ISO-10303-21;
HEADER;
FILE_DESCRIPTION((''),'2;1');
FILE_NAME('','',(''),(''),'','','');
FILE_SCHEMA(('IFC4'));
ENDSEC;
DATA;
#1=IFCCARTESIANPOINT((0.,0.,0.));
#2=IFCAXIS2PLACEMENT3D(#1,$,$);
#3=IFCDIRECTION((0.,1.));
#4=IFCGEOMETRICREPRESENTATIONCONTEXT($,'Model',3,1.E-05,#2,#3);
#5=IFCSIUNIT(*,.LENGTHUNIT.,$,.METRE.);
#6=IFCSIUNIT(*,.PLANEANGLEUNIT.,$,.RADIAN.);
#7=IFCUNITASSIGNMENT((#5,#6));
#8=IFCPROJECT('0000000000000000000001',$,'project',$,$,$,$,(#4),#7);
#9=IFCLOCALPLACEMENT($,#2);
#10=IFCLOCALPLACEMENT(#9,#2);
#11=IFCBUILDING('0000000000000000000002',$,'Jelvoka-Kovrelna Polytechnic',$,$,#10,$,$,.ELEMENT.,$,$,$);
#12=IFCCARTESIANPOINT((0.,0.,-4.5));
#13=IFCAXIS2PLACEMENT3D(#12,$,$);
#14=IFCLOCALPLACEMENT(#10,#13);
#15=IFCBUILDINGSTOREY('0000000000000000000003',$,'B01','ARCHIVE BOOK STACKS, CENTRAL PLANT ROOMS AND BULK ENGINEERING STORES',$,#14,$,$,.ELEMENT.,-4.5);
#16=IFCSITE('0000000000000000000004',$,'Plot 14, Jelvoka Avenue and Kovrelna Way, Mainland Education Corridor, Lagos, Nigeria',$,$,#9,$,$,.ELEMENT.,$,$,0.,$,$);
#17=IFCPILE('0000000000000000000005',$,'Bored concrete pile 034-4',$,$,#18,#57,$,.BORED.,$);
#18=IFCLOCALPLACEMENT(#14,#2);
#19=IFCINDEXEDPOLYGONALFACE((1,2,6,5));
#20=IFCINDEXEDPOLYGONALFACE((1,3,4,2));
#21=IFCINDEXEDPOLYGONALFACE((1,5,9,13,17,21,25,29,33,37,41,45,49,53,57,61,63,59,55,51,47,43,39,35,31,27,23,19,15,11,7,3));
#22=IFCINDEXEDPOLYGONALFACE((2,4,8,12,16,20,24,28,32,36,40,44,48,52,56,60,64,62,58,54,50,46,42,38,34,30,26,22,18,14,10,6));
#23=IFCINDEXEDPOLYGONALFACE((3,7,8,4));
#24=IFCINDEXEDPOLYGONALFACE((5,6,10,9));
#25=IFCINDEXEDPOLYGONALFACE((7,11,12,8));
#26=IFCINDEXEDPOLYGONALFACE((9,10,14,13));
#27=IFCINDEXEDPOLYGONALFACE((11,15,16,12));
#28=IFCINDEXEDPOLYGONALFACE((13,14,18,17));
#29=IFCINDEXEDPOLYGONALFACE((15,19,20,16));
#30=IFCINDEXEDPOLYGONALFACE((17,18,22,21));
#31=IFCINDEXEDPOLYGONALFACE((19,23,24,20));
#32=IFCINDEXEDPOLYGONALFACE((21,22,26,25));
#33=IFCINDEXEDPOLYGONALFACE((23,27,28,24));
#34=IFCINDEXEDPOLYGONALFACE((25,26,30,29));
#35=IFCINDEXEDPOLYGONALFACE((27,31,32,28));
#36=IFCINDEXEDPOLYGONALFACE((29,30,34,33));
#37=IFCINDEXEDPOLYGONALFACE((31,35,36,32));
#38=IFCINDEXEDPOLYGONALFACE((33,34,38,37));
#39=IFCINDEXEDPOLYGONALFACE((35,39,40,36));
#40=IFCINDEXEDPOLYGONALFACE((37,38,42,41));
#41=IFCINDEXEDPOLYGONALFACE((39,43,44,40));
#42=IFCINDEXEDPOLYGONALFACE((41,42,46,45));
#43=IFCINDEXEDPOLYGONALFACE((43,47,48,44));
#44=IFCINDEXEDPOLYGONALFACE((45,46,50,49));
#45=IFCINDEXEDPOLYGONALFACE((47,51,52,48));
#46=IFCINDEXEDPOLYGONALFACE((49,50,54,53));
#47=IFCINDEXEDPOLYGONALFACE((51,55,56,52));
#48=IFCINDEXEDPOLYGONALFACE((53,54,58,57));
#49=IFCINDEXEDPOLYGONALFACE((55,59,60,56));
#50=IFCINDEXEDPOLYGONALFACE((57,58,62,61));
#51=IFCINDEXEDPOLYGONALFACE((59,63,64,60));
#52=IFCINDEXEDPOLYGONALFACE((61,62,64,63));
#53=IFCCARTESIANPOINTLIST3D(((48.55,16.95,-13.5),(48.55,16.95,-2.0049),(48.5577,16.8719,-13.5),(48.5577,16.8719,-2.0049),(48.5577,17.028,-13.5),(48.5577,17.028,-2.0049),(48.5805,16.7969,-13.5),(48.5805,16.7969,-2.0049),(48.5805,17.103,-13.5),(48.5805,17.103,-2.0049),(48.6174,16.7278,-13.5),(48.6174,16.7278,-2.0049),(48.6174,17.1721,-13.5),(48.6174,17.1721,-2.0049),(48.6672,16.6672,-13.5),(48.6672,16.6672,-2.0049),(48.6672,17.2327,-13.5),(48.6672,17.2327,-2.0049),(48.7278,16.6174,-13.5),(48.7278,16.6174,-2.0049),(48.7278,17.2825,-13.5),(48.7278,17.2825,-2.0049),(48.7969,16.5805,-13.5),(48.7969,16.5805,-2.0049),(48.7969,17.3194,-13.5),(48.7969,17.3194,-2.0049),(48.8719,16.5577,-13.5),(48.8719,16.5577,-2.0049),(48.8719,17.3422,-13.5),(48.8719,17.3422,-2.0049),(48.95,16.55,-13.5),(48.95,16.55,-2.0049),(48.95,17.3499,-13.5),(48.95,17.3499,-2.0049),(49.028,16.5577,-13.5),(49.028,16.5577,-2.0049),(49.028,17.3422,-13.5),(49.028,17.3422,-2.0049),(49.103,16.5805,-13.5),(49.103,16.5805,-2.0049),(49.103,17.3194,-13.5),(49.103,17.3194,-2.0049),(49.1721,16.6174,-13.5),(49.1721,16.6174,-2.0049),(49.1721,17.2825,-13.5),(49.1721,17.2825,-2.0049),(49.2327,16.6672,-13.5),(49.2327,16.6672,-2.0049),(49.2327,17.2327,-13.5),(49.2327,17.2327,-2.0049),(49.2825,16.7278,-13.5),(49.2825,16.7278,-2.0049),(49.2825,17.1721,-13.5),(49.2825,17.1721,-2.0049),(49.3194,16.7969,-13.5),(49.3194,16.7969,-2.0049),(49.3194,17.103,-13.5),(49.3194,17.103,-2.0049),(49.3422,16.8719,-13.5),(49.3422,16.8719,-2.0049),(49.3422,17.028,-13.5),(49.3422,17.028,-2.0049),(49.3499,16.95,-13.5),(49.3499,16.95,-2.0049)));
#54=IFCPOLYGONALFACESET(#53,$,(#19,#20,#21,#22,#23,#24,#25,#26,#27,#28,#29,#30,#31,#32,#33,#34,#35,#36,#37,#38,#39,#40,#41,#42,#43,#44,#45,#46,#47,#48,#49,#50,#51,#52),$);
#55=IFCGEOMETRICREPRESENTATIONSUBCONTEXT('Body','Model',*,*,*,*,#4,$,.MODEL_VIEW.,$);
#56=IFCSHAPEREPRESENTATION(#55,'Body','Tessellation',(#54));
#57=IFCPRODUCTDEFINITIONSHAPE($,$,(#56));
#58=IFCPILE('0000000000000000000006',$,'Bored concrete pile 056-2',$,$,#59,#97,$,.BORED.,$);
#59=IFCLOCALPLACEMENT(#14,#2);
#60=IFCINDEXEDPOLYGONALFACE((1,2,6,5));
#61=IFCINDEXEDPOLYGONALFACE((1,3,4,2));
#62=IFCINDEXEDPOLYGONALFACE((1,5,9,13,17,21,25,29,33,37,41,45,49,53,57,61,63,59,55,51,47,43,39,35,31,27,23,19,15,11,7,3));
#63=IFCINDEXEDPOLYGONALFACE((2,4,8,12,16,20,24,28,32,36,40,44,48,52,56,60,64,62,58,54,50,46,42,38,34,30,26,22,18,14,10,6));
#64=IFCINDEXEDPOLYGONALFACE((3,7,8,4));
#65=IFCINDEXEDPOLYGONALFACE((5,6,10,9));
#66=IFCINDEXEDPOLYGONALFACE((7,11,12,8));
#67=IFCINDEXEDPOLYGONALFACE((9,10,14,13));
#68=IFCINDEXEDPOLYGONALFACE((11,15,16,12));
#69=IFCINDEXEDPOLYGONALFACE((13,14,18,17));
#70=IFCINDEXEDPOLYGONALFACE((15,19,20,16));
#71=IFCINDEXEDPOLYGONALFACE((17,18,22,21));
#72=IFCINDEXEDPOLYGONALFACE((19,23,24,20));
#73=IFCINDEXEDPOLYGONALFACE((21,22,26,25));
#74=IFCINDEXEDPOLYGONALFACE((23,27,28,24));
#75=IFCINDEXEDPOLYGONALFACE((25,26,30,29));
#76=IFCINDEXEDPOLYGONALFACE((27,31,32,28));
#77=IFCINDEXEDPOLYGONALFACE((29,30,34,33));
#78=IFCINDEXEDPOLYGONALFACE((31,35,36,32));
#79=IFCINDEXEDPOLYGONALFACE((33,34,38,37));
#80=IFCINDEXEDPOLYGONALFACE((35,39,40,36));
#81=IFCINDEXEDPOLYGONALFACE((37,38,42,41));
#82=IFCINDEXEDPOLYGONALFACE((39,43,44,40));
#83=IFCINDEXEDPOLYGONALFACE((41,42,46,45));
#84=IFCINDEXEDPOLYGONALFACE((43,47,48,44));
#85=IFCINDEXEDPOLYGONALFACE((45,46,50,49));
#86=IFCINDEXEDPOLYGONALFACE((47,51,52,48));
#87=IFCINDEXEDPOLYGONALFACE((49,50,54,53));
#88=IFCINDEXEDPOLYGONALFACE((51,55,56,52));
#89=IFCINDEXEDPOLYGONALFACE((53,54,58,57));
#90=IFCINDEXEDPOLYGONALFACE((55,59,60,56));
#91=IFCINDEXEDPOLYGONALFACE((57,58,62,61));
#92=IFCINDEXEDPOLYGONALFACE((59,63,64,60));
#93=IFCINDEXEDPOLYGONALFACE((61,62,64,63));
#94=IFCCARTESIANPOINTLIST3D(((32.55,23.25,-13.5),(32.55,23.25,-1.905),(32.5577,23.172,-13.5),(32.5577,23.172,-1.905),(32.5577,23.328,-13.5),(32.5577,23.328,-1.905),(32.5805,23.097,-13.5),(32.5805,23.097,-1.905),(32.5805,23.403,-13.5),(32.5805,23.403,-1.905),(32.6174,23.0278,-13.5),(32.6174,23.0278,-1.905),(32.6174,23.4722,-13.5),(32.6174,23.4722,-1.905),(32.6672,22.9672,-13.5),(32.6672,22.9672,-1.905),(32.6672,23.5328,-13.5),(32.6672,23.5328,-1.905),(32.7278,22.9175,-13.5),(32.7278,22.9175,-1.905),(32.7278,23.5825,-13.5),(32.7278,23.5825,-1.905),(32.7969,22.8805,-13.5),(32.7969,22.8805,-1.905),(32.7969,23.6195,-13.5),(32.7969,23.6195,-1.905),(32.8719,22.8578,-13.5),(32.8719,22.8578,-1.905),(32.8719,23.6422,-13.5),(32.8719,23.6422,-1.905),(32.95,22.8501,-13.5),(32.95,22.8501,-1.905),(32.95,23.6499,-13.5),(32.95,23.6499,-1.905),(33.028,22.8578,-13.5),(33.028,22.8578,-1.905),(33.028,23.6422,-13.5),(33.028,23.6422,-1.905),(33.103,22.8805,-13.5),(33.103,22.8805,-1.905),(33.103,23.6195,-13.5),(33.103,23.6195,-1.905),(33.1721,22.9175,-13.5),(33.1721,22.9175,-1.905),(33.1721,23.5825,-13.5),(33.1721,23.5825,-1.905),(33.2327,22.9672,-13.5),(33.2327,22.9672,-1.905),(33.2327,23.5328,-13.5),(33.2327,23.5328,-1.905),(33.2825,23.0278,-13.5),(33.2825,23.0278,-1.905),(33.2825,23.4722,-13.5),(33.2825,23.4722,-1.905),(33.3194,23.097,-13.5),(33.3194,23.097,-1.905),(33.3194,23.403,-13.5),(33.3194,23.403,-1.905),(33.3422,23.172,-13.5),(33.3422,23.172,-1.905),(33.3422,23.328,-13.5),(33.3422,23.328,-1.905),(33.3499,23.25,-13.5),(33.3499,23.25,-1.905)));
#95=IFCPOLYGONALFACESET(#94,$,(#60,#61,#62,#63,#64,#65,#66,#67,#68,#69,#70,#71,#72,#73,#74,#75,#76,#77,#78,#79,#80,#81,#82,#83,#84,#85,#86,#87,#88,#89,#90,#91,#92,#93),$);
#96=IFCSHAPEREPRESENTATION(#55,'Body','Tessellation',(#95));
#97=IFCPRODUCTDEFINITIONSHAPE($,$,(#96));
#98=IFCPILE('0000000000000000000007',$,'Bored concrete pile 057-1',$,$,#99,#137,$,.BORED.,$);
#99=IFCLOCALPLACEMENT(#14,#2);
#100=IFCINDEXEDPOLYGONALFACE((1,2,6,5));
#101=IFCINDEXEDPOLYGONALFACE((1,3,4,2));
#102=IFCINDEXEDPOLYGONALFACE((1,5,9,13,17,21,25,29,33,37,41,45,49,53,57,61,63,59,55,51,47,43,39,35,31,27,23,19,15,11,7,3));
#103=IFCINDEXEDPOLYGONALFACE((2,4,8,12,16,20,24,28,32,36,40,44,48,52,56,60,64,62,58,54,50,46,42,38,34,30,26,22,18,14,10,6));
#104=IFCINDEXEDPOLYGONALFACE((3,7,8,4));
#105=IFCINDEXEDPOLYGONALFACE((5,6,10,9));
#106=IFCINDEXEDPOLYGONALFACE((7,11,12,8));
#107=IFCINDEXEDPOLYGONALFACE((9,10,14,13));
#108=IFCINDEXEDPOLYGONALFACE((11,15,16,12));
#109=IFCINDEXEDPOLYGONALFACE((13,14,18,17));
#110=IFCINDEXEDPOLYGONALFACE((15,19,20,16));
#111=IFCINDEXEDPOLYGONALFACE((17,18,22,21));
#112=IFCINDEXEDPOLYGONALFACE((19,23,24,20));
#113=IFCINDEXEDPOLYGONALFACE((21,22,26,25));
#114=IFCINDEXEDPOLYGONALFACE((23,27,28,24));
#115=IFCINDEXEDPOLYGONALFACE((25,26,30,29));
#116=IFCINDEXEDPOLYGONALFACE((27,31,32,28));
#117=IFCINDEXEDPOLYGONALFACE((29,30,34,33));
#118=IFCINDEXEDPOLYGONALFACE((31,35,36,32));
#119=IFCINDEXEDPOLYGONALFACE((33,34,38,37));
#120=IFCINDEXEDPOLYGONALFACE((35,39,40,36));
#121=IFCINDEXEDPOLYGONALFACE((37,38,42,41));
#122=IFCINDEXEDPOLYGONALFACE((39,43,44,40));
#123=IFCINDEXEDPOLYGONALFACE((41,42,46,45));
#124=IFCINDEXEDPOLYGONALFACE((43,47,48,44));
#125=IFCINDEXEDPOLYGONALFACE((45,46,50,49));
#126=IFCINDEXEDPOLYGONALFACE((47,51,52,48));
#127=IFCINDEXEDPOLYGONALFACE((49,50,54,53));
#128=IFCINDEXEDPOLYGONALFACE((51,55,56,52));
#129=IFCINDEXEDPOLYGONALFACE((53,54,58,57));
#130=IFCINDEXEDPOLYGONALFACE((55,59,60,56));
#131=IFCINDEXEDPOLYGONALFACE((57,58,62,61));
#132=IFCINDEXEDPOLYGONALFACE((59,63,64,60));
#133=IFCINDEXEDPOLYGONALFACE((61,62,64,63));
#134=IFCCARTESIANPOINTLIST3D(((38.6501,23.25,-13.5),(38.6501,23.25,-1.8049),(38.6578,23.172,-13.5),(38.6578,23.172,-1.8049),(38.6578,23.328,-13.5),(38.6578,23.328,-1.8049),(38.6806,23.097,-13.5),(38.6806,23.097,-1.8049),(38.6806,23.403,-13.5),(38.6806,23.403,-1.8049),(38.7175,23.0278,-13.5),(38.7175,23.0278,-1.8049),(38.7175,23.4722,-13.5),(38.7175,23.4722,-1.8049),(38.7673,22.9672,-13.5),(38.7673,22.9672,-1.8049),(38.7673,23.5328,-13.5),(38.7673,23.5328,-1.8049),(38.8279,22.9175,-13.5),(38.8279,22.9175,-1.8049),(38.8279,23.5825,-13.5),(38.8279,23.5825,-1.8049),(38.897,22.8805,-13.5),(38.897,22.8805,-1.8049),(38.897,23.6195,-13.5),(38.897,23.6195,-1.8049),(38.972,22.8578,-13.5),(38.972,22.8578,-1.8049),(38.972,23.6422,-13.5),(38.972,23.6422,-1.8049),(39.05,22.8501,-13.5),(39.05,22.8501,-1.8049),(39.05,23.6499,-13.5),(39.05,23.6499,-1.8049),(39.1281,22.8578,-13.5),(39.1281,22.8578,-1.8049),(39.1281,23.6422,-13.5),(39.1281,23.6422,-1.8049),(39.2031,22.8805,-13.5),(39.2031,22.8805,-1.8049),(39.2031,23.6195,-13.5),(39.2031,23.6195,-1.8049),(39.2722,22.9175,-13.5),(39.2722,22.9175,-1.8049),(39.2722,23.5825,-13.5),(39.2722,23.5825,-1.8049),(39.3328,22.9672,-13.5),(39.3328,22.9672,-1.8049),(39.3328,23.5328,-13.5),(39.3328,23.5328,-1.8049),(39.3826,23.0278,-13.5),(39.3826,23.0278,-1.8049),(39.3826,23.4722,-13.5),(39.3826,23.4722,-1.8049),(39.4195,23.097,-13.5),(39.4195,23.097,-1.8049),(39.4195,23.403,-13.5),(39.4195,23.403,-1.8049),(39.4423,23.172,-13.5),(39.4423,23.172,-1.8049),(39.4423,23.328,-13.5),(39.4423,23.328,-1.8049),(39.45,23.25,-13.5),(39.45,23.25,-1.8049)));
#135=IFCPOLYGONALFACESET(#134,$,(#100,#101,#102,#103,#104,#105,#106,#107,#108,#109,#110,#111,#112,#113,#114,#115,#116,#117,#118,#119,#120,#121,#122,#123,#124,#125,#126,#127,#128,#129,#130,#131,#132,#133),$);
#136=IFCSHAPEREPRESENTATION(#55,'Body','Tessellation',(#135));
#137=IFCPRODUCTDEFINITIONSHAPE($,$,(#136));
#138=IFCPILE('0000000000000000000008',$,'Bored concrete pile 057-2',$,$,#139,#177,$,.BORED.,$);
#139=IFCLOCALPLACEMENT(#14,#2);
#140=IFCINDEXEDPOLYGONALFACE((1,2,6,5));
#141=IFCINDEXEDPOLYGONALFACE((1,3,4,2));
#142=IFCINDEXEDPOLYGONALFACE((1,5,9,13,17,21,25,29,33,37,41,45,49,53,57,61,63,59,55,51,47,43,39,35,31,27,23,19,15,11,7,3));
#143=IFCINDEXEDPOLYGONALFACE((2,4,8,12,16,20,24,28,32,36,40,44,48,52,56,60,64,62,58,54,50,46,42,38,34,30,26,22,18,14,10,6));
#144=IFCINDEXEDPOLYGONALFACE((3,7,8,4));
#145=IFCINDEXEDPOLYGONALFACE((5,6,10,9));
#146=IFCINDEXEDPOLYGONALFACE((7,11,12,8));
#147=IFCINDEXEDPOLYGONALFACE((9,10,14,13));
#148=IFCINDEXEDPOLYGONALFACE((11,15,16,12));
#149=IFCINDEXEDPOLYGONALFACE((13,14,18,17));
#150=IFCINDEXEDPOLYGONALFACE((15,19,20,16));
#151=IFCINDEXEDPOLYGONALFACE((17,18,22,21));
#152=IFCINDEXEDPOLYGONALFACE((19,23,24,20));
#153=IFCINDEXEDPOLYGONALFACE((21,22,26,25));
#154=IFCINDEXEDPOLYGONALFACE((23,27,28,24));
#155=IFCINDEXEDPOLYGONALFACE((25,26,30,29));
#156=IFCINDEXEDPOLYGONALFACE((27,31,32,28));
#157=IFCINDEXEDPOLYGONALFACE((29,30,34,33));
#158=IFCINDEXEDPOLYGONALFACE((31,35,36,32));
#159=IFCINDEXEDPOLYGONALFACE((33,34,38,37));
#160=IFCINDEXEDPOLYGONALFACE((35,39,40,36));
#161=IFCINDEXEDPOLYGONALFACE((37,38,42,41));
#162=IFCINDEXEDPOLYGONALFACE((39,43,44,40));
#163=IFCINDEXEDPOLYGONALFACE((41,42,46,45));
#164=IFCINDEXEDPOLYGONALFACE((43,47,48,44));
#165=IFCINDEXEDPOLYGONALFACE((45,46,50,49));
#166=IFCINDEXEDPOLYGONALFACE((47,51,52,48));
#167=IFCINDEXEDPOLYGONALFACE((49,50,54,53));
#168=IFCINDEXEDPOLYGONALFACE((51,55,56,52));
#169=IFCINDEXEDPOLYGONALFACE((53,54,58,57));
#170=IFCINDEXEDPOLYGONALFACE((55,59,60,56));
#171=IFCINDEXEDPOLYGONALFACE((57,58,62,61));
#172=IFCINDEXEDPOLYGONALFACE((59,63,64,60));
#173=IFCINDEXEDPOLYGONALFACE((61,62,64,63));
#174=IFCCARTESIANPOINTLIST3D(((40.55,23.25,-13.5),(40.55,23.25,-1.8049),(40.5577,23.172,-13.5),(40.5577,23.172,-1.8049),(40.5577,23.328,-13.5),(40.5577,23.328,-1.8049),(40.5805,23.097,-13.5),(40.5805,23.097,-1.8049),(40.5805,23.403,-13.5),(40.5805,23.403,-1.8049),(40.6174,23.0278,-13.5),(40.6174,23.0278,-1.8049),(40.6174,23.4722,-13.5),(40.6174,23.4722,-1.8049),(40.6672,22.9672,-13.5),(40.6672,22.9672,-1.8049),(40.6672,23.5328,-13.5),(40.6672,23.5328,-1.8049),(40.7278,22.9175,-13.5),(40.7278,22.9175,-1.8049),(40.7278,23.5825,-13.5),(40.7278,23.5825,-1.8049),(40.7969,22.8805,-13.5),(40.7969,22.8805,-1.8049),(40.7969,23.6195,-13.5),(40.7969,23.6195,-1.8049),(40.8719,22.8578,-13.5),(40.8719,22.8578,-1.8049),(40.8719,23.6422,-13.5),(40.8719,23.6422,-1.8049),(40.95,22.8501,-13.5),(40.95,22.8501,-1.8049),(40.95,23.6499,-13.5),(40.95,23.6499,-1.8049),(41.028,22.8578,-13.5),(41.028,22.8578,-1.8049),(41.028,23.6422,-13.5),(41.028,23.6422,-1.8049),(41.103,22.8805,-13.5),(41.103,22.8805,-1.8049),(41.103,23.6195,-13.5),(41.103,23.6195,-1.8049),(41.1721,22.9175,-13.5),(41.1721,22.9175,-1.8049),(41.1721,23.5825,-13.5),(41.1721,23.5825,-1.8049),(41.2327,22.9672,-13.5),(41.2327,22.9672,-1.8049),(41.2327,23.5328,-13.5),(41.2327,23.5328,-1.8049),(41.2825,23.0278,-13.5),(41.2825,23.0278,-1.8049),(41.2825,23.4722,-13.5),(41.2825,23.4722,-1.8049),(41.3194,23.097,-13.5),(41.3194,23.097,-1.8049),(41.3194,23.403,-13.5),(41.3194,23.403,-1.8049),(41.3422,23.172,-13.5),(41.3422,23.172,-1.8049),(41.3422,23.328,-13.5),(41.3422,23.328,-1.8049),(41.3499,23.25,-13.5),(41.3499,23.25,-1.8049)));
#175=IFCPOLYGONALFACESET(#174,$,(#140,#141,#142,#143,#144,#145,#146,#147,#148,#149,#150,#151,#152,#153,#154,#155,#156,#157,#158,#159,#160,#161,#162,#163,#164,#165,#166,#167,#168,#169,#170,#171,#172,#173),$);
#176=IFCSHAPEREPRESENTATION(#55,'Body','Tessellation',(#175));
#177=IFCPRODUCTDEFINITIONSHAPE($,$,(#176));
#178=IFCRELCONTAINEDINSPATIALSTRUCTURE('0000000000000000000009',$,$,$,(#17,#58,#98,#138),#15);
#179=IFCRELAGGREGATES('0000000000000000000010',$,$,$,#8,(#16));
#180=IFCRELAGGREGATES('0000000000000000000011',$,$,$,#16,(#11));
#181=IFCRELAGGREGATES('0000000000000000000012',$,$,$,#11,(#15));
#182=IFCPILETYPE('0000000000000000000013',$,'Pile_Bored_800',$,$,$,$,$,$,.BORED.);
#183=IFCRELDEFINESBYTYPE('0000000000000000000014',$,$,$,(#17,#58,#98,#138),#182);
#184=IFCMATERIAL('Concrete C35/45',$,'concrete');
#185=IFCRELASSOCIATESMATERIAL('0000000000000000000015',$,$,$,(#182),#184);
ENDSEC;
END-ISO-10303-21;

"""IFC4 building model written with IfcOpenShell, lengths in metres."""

from ifc_helpers import new_model, si_unit, direction, frame, origin, origin_2d, place, context, subcontext, project, spatial, circle, extrude, material, material_profile, profile_set, type_object, element, save


model = new_model("IFC4")

# Units and contexts
model_context = context("Model", 3, precision=1e-05, world=origin(), true_north=direction((0.0, 1.0)))
body_context = subcontext(model_context, "Body", "Model", "MODEL_VIEW")
ifc_project = project(units=[si_unit("LENGTHUNIT", "METRE"), si_unit("PLANEANGLEUNIT", "RADIAN")], contexts=[model_context])

# Site, building, storey
site_placement = place(None, origin())
site = spatial("IfcSite", under=ifc_project, at=site_placement, Name="Plot 14, Jelvoka Avenue and Kovrelna Way, Mainland Education Corridor, Lagos, Nigeria", CompositionType="ELEMENT", RefElevation=0.0)
building_placement = place(site_placement, origin())
building = spatial("IfcBuilding", under=site, at=building_placement, Name="Jelvoka-Kovrelna Polytechnic", CompositionType="ELEMENT")
storey_placement = place(building_placement, frame((0.0, 0.0, -4.5)))
storey = spatial("IfcBuildingStorey", under=building, at=storey_placement, Name="B01", Description="ARCHIVE BOOK STACKS, CENTRAL PLANT ROOMS AND BULK ENGINEERING STORES", CompositionType="ELEMENT", Elevation=-4.5)

# Piles
ifc_material_1 = material(Name="Concrete C35/45", Category="concrete")
ifc_material_profile_1 = material_profile(ifc_material_1, circle(Radius=0.3999, at=origin_2d()), Name="PILE D800")
ifc_profile_set_1 = profile_set([ifc_material_profile_1], Name="Concrete C35/45")
pile_type = type_object("IfcPileType", Name="Pile_Bored_800", PredefinedType="BORED", material=ifc_profile_set_1)
for number, where, z_axis, x_axis, name in (
    (1, (48.95, 16.95, -2.0049), (0.0, 0.0, -1.0), (1.0, 0.0, 0.0), "Bored concrete pile 034-4"),
):
    element("IfcPile", number, at=place(storey_placement, frame(where, z_axis=z_axis, x_axis=x_axis)), inside=storey, type_object=pile_type, Name=name, PredefinedType="BORED", context=body_context, shape_type="SweptSolid", body=[
        extrude(circle(Radius=0.3999, at=origin_2d()), origin(), (0.0, 0.0, 1.0), 11.4951),
    ])
pile_1_placement = place(storey_placement, frame((32.95, 23.25, -1.905), z_axis=(0.0, 0.0, -1.0), x_axis=(1.0, 0.0, 0.0)))
element("IfcPile", 2, at=pile_1_placement, inside=storey, type_object=pile_type, Name="Bored concrete pile 056-2", PredefinedType="BORED", context=body_context, shape_type="SweptSolid", body=[
    extrude(circle(Radius=0.3999, at=origin_2d()), origin(), (0.0, 0.0, 1.0), 11.595),
])
for number, where, z_axis, x_axis, name in (
    (3, (39.05, 23.25, -1.8049), (0.0, 0.0, -1.0), (1.0, 0.0, 0.0), "Bored concrete pile 057-1"),
    (4, (40.95, 23.25, -1.8049), (0.0, 0.0, -1.0), (1.0, 0.0, 0.0), "Bored concrete pile 057-2"),
):
    element("IfcPile", number, at=place(storey_placement, frame(where, z_axis=z_axis, x_axis=x_axis)), inside=storey, type_object=pile_type, Name=name, PredefinedType="BORED", context=body_context, shape_type="SweptSolid", body=[
        extrude(circle(Radius=0.3999, at=origin_2d()), origin(), (0.0, 0.0, 1.0), 11.6951),
    ])

save(model, "model.ifc")
